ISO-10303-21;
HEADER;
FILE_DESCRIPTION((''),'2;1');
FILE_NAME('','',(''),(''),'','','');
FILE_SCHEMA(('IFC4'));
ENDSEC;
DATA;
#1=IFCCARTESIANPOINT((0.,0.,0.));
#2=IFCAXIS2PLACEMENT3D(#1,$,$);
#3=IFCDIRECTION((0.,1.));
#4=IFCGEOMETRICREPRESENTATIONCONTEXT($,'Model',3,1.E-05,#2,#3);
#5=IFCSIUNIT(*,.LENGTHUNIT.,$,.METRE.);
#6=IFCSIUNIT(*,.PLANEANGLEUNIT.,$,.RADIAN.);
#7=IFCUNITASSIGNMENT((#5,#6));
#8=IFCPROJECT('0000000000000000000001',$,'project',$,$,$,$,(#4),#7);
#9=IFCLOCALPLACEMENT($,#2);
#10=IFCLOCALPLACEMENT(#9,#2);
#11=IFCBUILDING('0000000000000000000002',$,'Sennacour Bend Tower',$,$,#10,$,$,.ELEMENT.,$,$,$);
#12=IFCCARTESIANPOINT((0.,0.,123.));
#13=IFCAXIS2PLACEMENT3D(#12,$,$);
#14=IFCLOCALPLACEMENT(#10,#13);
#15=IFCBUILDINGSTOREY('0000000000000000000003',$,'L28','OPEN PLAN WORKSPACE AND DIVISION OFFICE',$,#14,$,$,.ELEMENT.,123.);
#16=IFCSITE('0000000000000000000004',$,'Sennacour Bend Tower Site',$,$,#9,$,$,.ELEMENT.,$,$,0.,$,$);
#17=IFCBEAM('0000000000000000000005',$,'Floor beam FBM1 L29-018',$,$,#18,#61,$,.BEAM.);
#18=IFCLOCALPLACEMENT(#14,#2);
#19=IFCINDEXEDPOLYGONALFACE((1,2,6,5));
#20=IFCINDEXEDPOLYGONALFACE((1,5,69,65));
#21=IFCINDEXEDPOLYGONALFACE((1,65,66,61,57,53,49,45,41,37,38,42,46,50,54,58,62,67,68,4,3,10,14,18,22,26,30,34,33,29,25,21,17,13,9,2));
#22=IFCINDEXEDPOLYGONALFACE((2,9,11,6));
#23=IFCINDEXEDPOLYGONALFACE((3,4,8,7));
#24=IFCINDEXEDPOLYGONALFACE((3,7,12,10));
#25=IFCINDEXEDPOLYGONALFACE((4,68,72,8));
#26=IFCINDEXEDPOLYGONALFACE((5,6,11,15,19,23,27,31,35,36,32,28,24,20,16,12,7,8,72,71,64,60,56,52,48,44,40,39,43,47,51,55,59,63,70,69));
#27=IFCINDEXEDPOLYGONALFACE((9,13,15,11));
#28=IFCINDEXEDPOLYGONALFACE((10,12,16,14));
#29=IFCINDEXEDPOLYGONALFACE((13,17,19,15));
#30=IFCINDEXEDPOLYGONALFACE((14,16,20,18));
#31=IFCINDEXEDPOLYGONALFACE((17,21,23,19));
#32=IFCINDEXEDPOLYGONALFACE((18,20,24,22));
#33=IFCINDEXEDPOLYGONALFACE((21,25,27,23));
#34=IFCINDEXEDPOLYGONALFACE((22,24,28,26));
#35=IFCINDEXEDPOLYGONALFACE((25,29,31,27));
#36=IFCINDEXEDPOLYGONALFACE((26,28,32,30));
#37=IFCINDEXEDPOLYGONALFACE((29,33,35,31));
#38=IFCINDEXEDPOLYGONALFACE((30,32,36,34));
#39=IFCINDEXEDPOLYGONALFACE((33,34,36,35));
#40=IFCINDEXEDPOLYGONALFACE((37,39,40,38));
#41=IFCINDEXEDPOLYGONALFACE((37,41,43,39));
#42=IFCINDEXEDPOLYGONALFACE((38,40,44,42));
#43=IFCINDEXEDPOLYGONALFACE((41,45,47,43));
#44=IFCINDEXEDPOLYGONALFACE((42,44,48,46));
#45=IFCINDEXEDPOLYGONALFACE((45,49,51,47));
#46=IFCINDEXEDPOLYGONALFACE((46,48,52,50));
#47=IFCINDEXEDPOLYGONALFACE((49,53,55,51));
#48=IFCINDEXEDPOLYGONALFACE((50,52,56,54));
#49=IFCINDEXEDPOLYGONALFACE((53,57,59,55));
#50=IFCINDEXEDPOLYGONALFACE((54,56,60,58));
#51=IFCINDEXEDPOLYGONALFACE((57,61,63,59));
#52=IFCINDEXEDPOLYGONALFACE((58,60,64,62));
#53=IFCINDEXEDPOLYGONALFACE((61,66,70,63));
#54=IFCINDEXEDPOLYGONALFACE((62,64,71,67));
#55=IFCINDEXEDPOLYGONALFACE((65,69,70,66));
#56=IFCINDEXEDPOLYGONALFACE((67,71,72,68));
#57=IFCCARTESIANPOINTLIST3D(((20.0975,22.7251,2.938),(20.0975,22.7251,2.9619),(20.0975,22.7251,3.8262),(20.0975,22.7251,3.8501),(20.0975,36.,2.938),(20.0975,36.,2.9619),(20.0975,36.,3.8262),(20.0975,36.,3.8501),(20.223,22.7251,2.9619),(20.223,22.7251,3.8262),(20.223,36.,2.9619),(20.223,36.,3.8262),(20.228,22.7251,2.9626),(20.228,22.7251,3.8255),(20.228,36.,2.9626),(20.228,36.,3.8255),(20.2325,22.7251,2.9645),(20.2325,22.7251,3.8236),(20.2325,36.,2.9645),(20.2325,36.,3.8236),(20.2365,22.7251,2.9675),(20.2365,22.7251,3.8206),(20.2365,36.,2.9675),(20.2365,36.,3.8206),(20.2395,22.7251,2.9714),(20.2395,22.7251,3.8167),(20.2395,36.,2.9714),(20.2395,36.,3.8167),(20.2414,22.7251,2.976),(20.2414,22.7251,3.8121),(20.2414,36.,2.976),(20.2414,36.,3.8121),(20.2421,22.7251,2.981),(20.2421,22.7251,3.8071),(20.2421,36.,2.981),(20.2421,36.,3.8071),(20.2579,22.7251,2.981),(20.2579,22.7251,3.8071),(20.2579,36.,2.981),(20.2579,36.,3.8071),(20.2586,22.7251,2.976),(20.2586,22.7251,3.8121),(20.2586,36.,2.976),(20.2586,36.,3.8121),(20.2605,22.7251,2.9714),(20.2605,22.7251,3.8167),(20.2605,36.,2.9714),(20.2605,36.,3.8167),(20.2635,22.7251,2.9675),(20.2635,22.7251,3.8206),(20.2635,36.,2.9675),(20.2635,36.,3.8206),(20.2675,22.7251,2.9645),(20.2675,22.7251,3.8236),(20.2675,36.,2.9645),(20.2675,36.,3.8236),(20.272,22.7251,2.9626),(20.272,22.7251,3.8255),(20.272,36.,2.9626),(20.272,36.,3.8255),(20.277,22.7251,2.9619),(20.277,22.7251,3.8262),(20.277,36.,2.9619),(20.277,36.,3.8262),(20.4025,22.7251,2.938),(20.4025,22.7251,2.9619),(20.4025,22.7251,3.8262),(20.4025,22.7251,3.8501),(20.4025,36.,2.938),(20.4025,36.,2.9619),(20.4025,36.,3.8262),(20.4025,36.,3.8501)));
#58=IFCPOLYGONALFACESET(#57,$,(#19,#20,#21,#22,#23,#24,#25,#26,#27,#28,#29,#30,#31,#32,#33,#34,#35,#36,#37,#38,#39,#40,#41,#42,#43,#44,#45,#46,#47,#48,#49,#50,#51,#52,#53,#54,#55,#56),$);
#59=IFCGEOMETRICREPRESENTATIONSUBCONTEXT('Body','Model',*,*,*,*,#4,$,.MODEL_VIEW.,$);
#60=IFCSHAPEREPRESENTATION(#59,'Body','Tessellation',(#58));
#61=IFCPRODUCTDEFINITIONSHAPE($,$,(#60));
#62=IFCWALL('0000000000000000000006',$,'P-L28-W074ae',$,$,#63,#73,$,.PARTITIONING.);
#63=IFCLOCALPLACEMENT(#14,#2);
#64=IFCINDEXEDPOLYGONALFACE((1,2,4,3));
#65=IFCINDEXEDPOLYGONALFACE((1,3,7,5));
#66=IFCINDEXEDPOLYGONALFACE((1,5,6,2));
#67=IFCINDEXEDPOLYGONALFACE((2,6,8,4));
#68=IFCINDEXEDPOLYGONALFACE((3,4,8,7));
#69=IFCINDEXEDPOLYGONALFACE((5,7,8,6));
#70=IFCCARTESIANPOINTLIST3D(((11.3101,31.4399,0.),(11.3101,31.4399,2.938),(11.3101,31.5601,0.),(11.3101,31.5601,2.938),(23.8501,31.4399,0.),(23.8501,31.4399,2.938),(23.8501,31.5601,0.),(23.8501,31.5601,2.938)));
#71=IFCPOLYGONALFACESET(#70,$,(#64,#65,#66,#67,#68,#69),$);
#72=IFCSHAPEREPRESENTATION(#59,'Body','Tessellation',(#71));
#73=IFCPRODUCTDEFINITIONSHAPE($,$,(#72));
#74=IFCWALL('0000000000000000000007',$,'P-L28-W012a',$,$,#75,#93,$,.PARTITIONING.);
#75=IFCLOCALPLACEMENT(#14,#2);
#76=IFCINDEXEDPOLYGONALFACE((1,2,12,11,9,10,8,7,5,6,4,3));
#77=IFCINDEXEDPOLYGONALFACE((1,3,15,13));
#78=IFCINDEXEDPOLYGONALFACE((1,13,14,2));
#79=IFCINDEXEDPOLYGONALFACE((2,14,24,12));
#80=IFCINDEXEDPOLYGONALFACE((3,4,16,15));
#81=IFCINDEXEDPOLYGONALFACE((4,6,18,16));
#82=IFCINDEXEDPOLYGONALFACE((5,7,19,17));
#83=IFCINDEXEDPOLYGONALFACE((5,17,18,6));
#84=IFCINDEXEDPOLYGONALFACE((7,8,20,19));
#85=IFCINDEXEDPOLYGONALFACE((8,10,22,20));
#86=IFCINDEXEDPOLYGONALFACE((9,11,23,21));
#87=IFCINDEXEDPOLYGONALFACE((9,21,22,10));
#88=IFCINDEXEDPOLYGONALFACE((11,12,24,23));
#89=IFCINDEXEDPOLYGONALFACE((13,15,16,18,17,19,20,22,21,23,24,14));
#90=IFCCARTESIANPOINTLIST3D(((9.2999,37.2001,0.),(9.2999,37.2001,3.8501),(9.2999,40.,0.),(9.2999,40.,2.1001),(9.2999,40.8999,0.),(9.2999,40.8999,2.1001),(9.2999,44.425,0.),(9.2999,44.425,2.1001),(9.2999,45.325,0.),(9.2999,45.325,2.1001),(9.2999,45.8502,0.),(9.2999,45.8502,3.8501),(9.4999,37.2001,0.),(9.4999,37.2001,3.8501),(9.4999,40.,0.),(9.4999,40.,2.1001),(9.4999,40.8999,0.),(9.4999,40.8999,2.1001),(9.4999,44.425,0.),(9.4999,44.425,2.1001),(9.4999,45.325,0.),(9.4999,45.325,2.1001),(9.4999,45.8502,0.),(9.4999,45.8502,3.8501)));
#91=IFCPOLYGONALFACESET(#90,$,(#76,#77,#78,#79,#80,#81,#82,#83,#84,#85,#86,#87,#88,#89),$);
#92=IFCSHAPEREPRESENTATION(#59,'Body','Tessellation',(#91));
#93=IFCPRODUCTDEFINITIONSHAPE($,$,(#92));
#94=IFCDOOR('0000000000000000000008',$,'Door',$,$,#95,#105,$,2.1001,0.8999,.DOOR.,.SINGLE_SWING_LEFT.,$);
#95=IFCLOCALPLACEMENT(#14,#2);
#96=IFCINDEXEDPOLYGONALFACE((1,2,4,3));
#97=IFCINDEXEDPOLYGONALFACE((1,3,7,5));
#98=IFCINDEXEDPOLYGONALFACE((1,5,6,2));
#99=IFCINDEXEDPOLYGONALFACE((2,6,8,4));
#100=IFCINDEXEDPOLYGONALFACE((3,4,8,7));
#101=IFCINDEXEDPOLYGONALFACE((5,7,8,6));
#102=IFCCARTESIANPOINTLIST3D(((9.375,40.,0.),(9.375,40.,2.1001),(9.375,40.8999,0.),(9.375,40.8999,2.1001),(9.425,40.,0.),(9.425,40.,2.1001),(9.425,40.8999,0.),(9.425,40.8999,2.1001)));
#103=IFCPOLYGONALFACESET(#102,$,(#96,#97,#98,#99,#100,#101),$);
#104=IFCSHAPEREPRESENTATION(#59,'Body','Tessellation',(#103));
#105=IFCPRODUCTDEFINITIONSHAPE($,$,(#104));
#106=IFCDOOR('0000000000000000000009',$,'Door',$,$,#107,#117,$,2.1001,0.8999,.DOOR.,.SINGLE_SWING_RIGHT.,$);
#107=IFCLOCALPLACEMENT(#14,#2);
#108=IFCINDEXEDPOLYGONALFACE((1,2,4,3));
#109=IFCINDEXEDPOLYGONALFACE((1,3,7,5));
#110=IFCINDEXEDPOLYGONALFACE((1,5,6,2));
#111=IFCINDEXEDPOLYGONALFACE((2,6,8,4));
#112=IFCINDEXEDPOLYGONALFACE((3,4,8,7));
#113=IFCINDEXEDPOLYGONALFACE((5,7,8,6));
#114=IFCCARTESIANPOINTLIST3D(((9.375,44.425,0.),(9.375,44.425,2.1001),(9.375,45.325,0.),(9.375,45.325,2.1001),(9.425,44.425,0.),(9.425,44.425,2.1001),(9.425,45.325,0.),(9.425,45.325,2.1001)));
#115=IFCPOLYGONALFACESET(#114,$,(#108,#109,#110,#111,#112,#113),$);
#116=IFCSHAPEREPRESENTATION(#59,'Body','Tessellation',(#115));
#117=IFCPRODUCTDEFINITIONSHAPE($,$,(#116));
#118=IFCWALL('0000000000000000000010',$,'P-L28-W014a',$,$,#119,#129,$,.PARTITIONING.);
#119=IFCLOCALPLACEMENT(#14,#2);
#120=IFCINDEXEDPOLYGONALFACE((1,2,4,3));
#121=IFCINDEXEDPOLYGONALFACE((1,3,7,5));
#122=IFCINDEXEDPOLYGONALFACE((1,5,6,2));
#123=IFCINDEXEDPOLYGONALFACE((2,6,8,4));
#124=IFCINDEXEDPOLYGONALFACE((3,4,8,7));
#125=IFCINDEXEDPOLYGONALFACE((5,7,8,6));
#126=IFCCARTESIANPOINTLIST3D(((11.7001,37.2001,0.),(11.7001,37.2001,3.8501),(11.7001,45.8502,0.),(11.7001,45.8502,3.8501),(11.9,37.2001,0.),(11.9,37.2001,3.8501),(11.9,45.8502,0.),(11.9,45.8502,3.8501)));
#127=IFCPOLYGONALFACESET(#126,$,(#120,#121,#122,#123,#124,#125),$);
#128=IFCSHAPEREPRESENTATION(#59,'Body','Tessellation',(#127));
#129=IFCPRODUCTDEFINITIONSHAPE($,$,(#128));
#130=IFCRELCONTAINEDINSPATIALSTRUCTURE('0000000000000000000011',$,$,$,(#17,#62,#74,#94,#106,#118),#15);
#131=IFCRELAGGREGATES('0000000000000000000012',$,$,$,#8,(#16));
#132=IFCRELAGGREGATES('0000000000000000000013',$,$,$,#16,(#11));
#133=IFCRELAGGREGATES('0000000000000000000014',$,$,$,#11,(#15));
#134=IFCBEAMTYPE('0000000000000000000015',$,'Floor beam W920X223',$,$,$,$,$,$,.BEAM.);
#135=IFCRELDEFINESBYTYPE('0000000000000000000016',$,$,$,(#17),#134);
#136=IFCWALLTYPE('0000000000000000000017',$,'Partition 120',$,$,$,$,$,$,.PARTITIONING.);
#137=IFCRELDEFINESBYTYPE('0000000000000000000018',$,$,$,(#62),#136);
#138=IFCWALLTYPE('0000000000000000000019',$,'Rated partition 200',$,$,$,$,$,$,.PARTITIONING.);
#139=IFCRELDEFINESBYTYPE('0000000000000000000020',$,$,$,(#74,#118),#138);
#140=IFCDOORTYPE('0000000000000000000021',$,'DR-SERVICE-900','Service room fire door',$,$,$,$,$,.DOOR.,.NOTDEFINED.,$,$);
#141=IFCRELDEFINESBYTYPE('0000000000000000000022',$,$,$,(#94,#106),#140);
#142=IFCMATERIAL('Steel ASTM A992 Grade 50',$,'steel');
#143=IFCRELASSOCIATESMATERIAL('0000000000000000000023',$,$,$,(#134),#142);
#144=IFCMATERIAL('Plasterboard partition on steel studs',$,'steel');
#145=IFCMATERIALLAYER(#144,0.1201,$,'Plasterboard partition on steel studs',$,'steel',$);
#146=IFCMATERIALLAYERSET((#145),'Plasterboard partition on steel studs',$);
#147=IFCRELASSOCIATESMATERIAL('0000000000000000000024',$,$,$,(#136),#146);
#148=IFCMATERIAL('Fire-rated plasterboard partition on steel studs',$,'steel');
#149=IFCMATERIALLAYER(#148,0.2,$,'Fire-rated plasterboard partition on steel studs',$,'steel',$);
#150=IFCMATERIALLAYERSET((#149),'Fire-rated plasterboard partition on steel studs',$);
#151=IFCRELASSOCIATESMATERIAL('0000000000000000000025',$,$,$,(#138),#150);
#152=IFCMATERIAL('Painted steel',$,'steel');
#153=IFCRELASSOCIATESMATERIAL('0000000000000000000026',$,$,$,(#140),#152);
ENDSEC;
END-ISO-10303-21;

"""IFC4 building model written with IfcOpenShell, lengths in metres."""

from ifc_helpers import new_model, si_unit, direction, frame, frame_2d, origin, origin_2d, place, context, subcontext, project, spatial, rectangle, i_section, extrude, material, layer, layer_set, material_profile, profile_set, type_object, element, fill, save


model = new_model("IFC4")

# Units and contexts
model_context = context("Model", 3, precision=1e-05, world=origin(), true_north=direction((0.0, 1.0)))
body_context = subcontext(model_context, "Body", "Model", "MODEL_VIEW")
ifc_project = project(units=[si_unit("LENGTHUNIT", "METRE"), si_unit("PLANEANGLEUNIT", "RADIAN")], contexts=[model_context])

# Site, building, storey
site_placement = place(None, origin())
site = spatial("IfcSite", under=ifc_project, at=site_placement, Name="Sennacour Bend Tower Site", CompositionType="ELEMENT", RefElevation=0.0)
building_placement = place(site_placement, origin())
building = spatial("IfcBuilding", under=site, at=building_placement, Name="Sennacour Bend Tower", CompositionType="ELEMENT")
storey_placement = place(building_placement, frame((0.0, 0.0, 123.0)))
storey = spatial("IfcBuildingStorey", under=building, at=storey_placement, Name="L28", Description="OPEN PLAN WORKSPACE AND DIVISION OFFICE", CompositionType="ELEMENT", Elevation=123.0)

# Beam
ifc_material_1 = material(Name="Steel ASTM A992 Grade 50", Category="steel")
ifc_material_profile = material_profile(ifc_material_1, i_section(OverallWidth=0.3049, OverallDepth=0.9121, WebThickness=0.0159, FlangeThickness=0.0239, FilletRadius=0.019, at=origin_2d()), Name="Steel ASTM A992 Grade 50", Category="steel")
ifc_profile_set = profile_set([ifc_material_profile], Name="Steel ASTM A992 Grade 50")
beam_type = type_object("IfcBeamType", Name="Floor beam W920X223", PredefinedType="BEAM", material=ifc_profile_set)
for number, where, z_axis, x_axis, name in (
    (1, (20.25, 22.7251, 3.394), (0.0, 1.0, 0.0), (-1.0, 0.0, 0.0), "Floor beam FBM1 L29-018"),
):
    element("IfcBeam", number, at=place(storey_placement, frame(where, z_axis=z_axis, x_axis=x_axis)), inside=storey, type_object=beam_type, Name=name, PredefinedType="BEAM", context=body_context, shape_type="SweptSolid", body=[
        extrude(i_section(OverallWidth=0.3049, OverallDepth=0.9121, WebThickness=0.0159, FlangeThickness=0.0239, FilletRadius=0.019, at=origin_2d()), origin(), (0.0, 0.0, 1.0), 13.2749),
    ])

# Wall
ifc_material_2 = material(Name="Plasterboard partition on steel studs", Category="steel")
ifc_layer_1 = layer(ifc_material_2, 0.1201, Name="Plasterboard partition on steel studs", Category="steel")
ifc_layer_set_1 = layer_set([ifc_layer_1], Name="Plasterboard partition on steel studs")
wall_type_1 = type_object("IfcWallType", Name="Partition 120", PredefinedType="PARTITIONING", material=ifc_layer_set_1)
wall_1_placement = place(storey_placement, frame((11.3101, 31.5, 0.0), z_axis=(0.0, 0.0, 1.0), x_axis=(1.0, 0.0, 0.0)))
element("IfcWall", 2, at=wall_1_placement, inside=storey, type_object=wall_type_1, Name="P-L28-W074ae", PredefinedType="PARTITIONING", context=body_context, shape_type="SweptSolid", body=[
    extrude(rectangle(XDim=12.54, YDim=0.1201, at=frame_2d((6.27, 0.0))), origin(), (0.0, 0.0, 1.0), 2.938),
])

# Wall, openings, doors
ifc_material_3 = material(Name="Fire-rated plasterboard partition on steel studs", Category="steel")
ifc_layer_2 = layer(ifc_material_3, 0.2, Name="Fire-rated plasterboard partition on steel studs", Category="steel")
ifc_layer_set_2 = layer_set([ifc_layer_2], Name="Fire-rated plasterboard partition on steel studs")
wall_type_2 = type_object("IfcWallType", Name="Rated partition 200", PredefinedType="PARTITIONING", material=ifc_layer_set_2)
wall_2_placement = place(storey_placement, frame((9.3999, 37.2, 0.0), z_axis=(0.0, 0.0, 1.0), x_axis=(0.0, 1.0, 0.0)))
wall_2 = element("IfcWall", 3, at=wall_2_placement, inside=storey, type_object=wall_type_2, Name="P-L28-W012a", PredefinedType="PARTITIONING", context=body_context, shape_type="SweptSolid", body=[
    extrude(rectangle(XDim=8.6501, YDim=0.2, at=frame_2d((4.3252, 0.0))), origin(), (0.0, 0.0, 1.0), 3.8501),
])
opening_1_placement = place(wall_2_placement, frame((2.8, 0.0, 0.0)))
opening_1 = element("IfcOpeningElement", 4, at=opening_1_placement, cuts=wall_2, PredefinedType="OPENING", context=body_context, shape_type="SweptSolid", body=[
    extrude(rectangle(XDim=0.8999, YDim=2.1001, at=frame_2d((0.45, 1.05))), frame((0.0, 0.1099, 0.0), z_axis=(0.0, -1.0, 0.0), x_axis=(1.0, 0.0, 0.0)), (0.0, 0.0, 1.0), 0.22),
])
opening_2_placement = place(wall_2_placement, frame((7.2251, 0.0, 0.0)))
opening_2 = element("IfcOpeningElement", 5, at=opening_2_placement, cuts=wall_2, PredefinedType="OPENING", context=body_context, shape_type="SweptSolid", body=[
    extrude(rectangle(XDim=0.8999, YDim=2.1001, at=frame_2d((0.45, 1.05))), frame((0.0, 0.1099, 0.0), z_axis=(0.0, -1.0, 0.0), x_axis=(1.0, 0.0, 0.0)), (0.0, 0.0, 1.0), 0.22),
])
ifc_material_4 = material(Name="Painted steel", Category="steel")
door_type_1 = type_object("IfcDoorType", Name="DR-SERVICE-900", Description="Service room fire door", OperationType="NOTDEFINED", PredefinedType="DOOR", material=ifc_material_4)
door_1_placement = place(opening_1_placement, origin())
door_1 = element("IfcDoor", 6, at=door_1_placement, inside=storey, type_object=door_type_1, Name="Door", OperationType="SINGLE_SWING_LEFT", OverallHeight=2.1001, OverallWidth=0.8999, PredefinedType="DOOR", context=body_context, shape_type="SweptSolid", body=[
    extrude(rectangle(XDim=0.8999, YDim=2.1001, at=frame_2d((0.45, 1.05))), frame((0.0, 0.0249, 0.0), z_axis=(0.0, -1.0, 0.0), x_axis=(1.0, 0.0, 0.0)), (0.0, 0.0, 1.0), 0.05),
])
fill(opening_1, door_1)
door_2_placement = place(opening_2_placement, origin())
door_2 = element("IfcDoor", 7, at=door_2_placement, inside=storey, type_object=door_type_1, Name="Door", OperationType="SINGLE_SWING_RIGHT", OverallHeight=2.1001, OverallWidth=0.8999, PredefinedType="DOOR", context=body_context, shape_type="SweptSolid", body=[
    extrude(rectangle(XDim=0.8999, YDim=2.1001, at=frame_2d((0.45, 1.05))), frame((0.0, 0.0249, 0.0), z_axis=(0.0, -1.0, 0.0), x_axis=(1.0, 0.0, 0.0)), (0.0, 0.0, 1.0), 0.05),
])
fill(opening_2, door_2)

# Wall
wall_3_placement = place(storey_placement, frame((11.8, 37.2, 0.0), z_axis=(0.0, 0.0, 1.0), x_axis=(0.0, 1.0, 0.0)))
element("IfcWall", 8, at=wall_3_placement, inside=storey, type_object=wall_type_2, Name="P-L28-W014a", PredefinedType="PARTITIONING", context=body_context, shape_type="SweptSolid", body=[
    extrude(rectangle(XDim=8.6501, YDim=0.2, at=frame_2d((4.3252, 0.0))), origin(), (0.0, 0.0, 1.0), 3.8501),
])

save(model, "model.ifc")
